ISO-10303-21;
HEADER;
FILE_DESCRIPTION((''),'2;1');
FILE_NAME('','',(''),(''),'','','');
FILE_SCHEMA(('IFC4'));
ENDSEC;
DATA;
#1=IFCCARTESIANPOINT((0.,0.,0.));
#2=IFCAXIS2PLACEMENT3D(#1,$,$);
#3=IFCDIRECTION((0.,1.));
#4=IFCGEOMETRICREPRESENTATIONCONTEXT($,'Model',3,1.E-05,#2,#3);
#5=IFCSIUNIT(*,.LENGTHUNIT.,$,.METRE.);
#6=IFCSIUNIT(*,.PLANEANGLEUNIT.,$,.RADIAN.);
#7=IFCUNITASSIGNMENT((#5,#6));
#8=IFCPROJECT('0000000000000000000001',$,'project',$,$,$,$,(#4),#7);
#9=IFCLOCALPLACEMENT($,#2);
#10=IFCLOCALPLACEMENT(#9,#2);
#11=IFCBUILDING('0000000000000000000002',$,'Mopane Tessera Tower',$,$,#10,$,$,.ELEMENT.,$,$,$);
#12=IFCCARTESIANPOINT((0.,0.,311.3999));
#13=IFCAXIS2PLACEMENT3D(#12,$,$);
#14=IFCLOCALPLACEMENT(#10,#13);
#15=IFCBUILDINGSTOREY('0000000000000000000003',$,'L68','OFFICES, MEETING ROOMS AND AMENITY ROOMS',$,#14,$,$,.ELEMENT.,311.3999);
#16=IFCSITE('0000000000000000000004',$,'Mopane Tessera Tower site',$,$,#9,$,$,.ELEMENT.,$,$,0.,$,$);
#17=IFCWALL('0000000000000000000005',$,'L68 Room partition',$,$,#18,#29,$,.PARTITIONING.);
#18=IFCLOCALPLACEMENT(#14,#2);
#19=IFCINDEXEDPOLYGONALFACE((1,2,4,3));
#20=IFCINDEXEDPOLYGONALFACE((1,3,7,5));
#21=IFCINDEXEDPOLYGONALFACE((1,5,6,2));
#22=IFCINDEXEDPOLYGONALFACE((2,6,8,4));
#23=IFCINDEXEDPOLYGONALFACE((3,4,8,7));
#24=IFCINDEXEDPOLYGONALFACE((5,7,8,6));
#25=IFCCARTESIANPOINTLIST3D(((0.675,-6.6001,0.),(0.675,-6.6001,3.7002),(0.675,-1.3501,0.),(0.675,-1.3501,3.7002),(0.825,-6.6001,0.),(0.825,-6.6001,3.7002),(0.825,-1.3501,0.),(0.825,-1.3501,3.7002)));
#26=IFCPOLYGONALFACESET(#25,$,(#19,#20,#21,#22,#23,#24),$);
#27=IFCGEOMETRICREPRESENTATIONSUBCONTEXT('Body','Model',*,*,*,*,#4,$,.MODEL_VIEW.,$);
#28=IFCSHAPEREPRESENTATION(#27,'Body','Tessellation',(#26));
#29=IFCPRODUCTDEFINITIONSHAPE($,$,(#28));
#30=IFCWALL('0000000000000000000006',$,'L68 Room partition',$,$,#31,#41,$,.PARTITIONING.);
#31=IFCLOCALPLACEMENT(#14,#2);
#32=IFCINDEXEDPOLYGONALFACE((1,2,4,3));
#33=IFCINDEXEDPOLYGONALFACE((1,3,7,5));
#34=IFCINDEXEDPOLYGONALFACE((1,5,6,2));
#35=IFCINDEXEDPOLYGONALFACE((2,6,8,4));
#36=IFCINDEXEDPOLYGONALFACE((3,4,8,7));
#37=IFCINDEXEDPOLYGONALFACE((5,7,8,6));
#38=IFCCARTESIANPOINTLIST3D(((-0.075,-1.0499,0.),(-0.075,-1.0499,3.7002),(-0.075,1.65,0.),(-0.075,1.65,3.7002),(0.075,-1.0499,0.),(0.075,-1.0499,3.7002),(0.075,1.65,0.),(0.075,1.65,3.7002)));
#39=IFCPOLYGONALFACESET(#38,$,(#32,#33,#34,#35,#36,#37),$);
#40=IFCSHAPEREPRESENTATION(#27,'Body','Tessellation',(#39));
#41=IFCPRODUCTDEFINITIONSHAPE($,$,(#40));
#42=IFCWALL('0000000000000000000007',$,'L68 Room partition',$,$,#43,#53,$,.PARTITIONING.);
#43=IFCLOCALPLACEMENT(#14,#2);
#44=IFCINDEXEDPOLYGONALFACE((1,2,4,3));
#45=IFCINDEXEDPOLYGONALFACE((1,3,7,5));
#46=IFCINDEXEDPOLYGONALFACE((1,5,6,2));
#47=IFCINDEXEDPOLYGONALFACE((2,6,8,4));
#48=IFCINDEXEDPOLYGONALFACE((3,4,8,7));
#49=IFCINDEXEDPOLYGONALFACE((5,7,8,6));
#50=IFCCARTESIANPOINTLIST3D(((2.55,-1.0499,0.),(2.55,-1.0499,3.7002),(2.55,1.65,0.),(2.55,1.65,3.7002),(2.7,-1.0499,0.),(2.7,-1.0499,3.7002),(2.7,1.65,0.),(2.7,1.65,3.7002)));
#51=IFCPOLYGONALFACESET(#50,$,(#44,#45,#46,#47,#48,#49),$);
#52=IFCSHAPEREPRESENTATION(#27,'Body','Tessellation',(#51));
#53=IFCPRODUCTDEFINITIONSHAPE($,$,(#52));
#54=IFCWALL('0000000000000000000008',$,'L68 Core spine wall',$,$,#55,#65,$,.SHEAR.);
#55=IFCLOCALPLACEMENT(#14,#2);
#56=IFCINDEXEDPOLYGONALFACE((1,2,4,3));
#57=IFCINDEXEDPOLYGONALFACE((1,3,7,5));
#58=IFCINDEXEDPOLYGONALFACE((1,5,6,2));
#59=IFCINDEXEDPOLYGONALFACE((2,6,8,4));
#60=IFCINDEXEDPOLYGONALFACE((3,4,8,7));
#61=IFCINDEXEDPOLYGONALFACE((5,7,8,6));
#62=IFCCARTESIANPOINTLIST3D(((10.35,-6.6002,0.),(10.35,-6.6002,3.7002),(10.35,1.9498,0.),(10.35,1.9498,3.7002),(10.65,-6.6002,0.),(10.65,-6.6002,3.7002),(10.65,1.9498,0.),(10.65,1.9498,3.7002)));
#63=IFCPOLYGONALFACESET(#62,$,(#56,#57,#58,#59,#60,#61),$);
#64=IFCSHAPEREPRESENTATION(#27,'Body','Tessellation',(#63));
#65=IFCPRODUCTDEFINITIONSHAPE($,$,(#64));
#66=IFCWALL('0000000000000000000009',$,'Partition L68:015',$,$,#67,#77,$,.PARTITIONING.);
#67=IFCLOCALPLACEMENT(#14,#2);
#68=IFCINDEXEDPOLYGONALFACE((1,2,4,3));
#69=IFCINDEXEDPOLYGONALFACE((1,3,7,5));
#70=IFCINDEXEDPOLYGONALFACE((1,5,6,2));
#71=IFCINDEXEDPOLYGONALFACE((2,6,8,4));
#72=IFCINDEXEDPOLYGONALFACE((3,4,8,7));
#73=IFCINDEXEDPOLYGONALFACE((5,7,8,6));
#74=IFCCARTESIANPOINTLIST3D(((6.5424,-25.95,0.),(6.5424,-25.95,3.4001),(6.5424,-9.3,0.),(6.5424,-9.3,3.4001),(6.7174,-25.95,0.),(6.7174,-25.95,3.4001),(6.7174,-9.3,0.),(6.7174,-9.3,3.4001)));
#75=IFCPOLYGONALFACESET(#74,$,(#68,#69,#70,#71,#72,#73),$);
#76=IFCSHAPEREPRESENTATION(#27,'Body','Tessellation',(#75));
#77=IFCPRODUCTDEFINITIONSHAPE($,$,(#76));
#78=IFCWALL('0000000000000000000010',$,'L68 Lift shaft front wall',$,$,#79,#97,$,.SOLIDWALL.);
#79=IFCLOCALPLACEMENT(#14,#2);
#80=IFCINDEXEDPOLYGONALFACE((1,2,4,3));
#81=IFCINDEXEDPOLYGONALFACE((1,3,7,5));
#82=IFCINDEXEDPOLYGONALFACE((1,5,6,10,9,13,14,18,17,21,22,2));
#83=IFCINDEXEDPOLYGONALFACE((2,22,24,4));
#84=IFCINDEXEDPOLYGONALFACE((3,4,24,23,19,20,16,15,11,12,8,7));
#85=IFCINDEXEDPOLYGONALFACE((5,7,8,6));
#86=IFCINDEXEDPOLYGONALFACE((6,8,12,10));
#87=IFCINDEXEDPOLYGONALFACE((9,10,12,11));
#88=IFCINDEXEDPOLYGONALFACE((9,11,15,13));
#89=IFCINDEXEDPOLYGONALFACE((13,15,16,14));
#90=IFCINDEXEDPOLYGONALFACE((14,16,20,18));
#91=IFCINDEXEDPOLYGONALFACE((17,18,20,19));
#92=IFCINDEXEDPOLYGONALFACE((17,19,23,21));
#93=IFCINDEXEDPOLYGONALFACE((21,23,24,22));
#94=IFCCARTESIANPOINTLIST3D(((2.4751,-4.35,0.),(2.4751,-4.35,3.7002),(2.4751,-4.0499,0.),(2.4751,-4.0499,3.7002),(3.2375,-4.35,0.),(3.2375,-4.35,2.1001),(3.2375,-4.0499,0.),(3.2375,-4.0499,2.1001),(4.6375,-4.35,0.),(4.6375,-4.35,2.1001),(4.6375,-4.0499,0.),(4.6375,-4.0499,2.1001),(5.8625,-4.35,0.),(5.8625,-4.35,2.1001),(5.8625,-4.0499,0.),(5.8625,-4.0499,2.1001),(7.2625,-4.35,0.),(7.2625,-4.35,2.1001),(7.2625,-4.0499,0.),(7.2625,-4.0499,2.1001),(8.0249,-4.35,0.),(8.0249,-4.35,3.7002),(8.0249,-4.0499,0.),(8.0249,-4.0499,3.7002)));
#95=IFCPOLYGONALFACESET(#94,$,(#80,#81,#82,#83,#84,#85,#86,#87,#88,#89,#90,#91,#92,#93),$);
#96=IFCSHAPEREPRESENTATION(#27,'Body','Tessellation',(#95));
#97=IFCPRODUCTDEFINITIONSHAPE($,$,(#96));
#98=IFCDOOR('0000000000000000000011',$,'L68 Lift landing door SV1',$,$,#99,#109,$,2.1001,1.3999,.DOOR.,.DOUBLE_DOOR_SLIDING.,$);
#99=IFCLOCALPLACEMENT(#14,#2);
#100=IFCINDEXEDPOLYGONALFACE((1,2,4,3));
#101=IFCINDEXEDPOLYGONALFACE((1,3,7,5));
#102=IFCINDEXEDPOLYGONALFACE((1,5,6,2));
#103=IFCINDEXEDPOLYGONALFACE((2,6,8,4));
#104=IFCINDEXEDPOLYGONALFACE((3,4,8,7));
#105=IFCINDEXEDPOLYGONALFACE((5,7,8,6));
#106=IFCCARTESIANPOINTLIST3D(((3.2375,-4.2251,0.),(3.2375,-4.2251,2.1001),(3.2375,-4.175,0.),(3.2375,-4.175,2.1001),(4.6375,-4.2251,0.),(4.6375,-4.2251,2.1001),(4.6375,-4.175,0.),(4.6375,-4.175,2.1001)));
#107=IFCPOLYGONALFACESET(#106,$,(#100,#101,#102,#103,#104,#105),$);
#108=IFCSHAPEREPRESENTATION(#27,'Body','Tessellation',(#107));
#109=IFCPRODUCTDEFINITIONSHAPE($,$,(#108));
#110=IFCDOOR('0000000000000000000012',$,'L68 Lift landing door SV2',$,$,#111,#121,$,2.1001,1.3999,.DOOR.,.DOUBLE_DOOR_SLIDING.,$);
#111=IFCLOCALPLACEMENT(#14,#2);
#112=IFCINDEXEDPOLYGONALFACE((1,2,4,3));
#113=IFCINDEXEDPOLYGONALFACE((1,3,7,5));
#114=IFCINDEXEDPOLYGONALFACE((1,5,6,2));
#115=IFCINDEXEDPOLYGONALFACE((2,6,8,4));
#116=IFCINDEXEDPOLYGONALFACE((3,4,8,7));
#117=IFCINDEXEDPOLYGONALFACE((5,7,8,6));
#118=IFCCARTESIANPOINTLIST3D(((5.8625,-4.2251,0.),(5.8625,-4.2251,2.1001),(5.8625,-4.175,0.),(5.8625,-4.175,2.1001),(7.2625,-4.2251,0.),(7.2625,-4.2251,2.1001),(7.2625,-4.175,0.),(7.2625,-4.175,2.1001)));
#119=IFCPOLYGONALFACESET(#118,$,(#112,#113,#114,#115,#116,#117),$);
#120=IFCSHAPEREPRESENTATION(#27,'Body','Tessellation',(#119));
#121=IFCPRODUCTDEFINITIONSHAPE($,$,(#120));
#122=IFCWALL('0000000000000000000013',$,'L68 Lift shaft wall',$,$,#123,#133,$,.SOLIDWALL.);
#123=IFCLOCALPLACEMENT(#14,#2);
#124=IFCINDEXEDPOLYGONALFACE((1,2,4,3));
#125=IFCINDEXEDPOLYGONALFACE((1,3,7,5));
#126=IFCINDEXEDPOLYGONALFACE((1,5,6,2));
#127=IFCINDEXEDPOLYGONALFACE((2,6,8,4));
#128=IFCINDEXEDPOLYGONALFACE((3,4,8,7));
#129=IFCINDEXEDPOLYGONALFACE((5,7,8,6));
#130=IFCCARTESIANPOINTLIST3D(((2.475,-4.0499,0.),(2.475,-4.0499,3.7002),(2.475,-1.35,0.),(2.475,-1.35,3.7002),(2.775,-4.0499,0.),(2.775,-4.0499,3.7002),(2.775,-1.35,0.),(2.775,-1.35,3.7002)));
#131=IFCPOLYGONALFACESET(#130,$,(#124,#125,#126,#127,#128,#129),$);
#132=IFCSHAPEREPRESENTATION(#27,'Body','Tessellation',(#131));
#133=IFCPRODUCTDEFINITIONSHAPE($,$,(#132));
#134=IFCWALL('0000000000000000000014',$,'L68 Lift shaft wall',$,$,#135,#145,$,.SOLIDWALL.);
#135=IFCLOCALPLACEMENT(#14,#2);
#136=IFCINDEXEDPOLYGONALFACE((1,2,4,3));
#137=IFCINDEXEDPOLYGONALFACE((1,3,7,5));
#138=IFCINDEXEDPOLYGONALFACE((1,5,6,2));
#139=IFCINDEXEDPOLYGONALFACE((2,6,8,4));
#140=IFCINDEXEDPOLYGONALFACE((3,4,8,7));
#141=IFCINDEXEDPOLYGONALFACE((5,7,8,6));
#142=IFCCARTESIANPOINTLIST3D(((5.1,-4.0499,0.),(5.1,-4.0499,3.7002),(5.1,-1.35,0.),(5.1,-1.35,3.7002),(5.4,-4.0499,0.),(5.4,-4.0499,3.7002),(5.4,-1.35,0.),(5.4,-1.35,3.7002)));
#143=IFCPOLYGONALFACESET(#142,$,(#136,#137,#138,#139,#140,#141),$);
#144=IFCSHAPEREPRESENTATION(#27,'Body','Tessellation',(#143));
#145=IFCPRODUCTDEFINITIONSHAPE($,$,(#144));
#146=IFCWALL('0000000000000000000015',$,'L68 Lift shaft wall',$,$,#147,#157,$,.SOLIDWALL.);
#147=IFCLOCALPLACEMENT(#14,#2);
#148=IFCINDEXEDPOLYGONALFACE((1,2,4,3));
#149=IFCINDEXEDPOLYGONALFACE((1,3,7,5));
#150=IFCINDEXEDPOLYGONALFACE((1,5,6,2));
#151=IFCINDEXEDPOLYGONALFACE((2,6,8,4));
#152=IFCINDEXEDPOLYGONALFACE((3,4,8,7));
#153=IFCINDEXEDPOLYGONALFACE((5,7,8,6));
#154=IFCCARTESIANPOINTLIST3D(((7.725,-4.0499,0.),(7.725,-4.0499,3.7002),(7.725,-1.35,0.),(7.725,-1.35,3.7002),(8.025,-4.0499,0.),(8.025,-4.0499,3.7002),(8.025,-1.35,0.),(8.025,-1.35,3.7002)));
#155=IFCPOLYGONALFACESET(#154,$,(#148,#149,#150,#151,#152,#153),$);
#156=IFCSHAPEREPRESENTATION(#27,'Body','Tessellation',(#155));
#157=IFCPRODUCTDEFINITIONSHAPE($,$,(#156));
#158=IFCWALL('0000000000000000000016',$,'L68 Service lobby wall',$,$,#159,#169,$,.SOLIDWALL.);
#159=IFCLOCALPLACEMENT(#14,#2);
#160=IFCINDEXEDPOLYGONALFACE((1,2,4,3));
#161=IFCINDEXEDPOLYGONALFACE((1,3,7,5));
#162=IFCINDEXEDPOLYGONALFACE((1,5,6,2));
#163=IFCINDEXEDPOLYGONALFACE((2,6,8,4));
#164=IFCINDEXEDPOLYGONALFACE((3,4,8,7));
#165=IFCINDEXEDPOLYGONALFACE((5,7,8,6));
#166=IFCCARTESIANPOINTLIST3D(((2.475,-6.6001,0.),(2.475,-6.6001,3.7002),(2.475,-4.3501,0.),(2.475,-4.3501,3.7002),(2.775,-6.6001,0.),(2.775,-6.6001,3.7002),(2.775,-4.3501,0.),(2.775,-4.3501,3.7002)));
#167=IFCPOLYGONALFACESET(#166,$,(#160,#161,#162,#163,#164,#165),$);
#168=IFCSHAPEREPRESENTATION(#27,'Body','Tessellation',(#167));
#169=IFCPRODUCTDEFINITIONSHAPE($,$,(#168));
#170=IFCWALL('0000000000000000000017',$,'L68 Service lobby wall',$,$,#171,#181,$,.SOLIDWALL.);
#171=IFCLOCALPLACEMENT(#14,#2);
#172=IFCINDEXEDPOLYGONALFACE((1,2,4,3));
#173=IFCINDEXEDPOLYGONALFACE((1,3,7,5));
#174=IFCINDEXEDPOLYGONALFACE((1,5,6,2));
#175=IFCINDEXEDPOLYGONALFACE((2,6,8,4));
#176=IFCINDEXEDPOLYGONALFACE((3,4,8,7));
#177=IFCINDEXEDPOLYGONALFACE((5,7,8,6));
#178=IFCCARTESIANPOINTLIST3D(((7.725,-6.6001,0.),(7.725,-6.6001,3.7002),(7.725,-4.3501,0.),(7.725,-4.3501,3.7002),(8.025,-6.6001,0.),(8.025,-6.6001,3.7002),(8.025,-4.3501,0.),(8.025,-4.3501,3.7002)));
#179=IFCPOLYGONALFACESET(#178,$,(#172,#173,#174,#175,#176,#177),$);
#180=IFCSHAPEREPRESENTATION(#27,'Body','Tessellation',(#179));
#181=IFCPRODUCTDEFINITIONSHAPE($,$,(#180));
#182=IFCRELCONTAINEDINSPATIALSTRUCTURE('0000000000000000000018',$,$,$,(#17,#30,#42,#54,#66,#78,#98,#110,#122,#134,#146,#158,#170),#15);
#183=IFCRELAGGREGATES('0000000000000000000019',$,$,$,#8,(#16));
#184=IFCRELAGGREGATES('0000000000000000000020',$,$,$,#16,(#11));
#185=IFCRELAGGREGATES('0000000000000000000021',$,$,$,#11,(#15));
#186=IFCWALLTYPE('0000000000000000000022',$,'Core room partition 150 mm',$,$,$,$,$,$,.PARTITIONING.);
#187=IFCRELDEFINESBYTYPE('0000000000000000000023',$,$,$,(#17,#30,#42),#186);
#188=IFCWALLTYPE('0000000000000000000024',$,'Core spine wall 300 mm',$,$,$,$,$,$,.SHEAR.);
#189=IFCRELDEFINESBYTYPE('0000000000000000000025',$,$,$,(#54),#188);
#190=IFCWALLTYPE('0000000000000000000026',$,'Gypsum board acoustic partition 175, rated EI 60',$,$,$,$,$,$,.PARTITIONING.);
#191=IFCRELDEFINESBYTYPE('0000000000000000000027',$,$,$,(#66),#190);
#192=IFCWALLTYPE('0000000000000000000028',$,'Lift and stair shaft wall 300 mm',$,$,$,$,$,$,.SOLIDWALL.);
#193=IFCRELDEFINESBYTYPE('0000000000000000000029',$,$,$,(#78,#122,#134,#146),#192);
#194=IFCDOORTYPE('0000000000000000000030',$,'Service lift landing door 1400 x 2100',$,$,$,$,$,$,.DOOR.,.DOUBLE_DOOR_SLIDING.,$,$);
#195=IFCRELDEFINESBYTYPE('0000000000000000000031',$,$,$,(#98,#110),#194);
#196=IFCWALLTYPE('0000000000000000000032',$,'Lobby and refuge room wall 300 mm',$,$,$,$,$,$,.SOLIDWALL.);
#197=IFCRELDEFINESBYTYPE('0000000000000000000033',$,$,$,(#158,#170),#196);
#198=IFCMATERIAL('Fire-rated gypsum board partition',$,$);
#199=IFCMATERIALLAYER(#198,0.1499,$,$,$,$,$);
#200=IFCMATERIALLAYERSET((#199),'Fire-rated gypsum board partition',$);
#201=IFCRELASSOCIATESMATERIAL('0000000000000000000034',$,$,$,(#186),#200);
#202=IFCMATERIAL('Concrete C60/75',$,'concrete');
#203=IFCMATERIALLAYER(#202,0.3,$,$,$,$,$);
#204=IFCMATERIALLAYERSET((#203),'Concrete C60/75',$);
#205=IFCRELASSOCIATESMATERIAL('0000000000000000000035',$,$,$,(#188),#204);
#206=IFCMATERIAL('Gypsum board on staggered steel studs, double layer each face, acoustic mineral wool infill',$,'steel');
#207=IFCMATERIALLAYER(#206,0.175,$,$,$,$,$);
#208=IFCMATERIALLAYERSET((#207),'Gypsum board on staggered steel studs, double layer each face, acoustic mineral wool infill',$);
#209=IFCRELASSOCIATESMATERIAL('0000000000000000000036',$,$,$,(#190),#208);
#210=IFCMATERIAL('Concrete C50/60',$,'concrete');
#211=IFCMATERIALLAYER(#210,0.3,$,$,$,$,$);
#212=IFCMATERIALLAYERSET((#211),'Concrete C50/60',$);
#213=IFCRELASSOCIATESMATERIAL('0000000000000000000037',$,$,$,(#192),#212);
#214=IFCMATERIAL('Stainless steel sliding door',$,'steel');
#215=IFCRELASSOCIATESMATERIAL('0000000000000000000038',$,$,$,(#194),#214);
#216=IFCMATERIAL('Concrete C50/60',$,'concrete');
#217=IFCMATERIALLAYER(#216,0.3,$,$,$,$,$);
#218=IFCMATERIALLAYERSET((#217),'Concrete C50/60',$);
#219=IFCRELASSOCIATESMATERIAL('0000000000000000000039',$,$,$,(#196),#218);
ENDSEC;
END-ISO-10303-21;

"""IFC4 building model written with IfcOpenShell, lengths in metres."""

from ifc_helpers import new_model, si_unit, direction, frame, frame_2d, origin, place, context, subcontext, project, spatial, rectangle, extrude, material, layer, layer_set, type_object, element, fill, save


model = new_model("IFC4")

# Units and contexts
model_context = context("Model", 3, precision=1e-05, world=origin(), true_north=direction((0.0, 1.0)))
body_context = subcontext(model_context, "Body", "Model", "MODEL_VIEW")
ifc_project = project(units=[si_unit("LENGTHUNIT", "METRE"), si_unit("PLANEANGLEUNIT", "RADIAN")], contexts=[model_context])

# Site, building, storey
site_placement = place(None, origin())
site = spatial("IfcSite", under=ifc_project, at=site_placement, Name="Mopane Tessera Tower site", CompositionType="ELEMENT", RefElevation=0.0)
building_placement = place(site_placement, origin())
building = spatial("IfcBuilding", under=site, at=building_placement, Name="Mopane Tessera Tower", CompositionType="ELEMENT")
storey_placement = place(building_placement, frame((0.0, 0.0, 311.3999)))
storey = spatial("IfcBuildingStorey", under=building, at=storey_placement, Name="L68", Description="OFFICES, MEETING ROOMS AND AMENITY ROOMS", CompositionType="ELEMENT", Elevation=311.3999)

# Walls
ifc_material_1 = material(Name="Fire-rated gypsum board partition")
ifc_layer_1 = layer(ifc_material_1, 0.1499)
ifc_layer_set_1 = layer_set([ifc_layer_1], Name="Fire-rated gypsum board partition")
wall_type_1 = type_object("IfcWallType", Name="Core room partition 150 mm", PredefinedType="PARTITIONING", material=ifc_layer_set_1)
wall_1_placement = place(storey_placement, frame((0.75, -6.6001, 0.0), z_axis=(0.0, 0.0, 1.0), x_axis=(0.0, 1.0, 0.0)))
element("IfcWall", 1, at=wall_1_placement, inside=storey, type_object=wall_type_1, Name="L68 Room partition", PredefinedType="PARTITIONING", context=body_context, shape_type="SweptSolid", body=[
    extrude(rectangle(XDim=5.25, YDim=0.1499, at=frame_2d((2.625, 0.0))), origin(), (0.0, 0.0, 1.0), 3.7002),
])
for number, where, z_axis, x_axis, name in (
    (2, (0.0, -1.05, 0.0), (0.0, 0.0, 1.0), (0.0, 1.0, 0.0), "L68 Room partition"),
    (3, (2.625, -1.05, 0.0), (0.0, 0.0, 1.0), (0.0, 1.0, 0.0), "L68 Room partition"),
):
    element("IfcWall", number, at=place(storey_placement, frame(where, z_axis=z_axis, x_axis=x_axis)), inside=storey, type_object=wall_type_1, Name=name, PredefinedType="PARTITIONING", context=body_context, shape_type="SweptSolid", body=[
        extrude(rectangle(XDim=2.7, YDim=0.1499, at=frame_2d((1.3501, 0.0))), origin(), (0.0, 0.0, 1.0), 3.7002),
    ])
ifc_material_2 = material(Name="Concrete C60/75", Category="concrete")
ifc_layer_2 = layer(ifc_material_2, 0.3)
ifc_layer_set_2 = layer_set([ifc_layer_2], Name="Concrete C60/75")
wall_type_2 = type_object("IfcWallType", Name="Core spine wall 300 mm", PredefinedType="SHEAR", material=ifc_layer_set_2)
wall_2_placement = place(storey_placement, frame((10.5, -6.6001, 0.0), z_axis=(0.0, 0.0, 1.0), x_axis=(0.0, 1.0, 0.0)))
element("IfcWall", 4, at=wall_2_placement, inside=storey, type_object=wall_type_2, Name="L68 Core spine wall", PredefinedType="SHEAR", context=body_context, shape_type="SweptSolid", body=[
    extrude(rectangle(XDim=8.55, YDim=0.3, at=frame_2d((4.2749, 0.0))), origin(), (0.0, 0.0, 1.0), 3.7002),
])
ifc_material_3 = material(Name="Gypsum board on staggered steel studs, double layer each face, acoustic mineral wool infill", Category="steel")
ifc_layer_3 = layer(ifc_material_3, 0.175)
ifc_layer_set_3 = layer_set([ifc_layer_3], Name="Gypsum board on staggered steel studs, double layer each face, acoustic mineral wool infill")
wall_type_3 = type_object("IfcWallType", Name="Gypsum board acoustic partition 175, rated EI 60", PredefinedType="PARTITIONING", material=ifc_layer_set_3)
wall_3_placement = place(storey_placement, frame((6.6299, -25.95, 0.0), z_axis=(0.0, 0.0, 1.0), x_axis=(0.0, 1.0, 0.0)))
element("IfcWall", 5, at=wall_3_placement, inside=storey, type_object=wall_type_3, Name="Partition L68:015", PredefinedType="PARTITIONING", context=body_context, shape_type="SweptSolid", body=[
    extrude(rectangle(XDim=16.6499, YDim=0.175, at=frame_2d((8.325, 0.0))), origin(), (0.0, 0.0, 1.0), 3.4001),
])

# Wall, openings, doors
ifc_material_4 = material(Name="Concrete C50/60", Category="concrete")
ifc_layer_4 = layer(ifc_material_4, 0.3)
ifc_layer_set_4 = layer_set([ifc_layer_4], Name="Concrete C50/60")
wall_type_4 = type_object("IfcWallType", Name="Lift and stair shaft wall 300 mm", PredefinedType="SOLIDWALL", material=ifc_layer_set_4)
wall_4_placement = place(storey_placement, frame((2.4751, -4.2, 0.0), z_axis=(0.0, 0.0, 1.0), x_axis=(1.0, 0.0, 0.0)))
wall_4 = element("IfcWall", 6, at=wall_4_placement, inside=storey, type_object=wall_type_4, Name="L68 Lift shaft front wall", PredefinedType="SOLIDWALL", context=body_context, shape_type="SweptSolid", body=[
    extrude(rectangle(XDim=5.5498, YDim=0.3, at=frame_2d((2.7749, 0.0))), origin(), (0.0, 0.0, 1.0), 3.7002),
])
opening_1_placement = place(wall_4_placement, frame((0.7625, 0.0, 0.0)))
opening_1 = element("IfcOpeningElement", 7, at=opening_1_placement, cuts=wall_4, PredefinedType="OPENING", context=body_context, shape_type="SweptSolid", body=[
    extrude(rectangle(XDim=1.3999, YDim=2.1001, at=frame_2d((0.7, 1.05))), frame((0.0, 0.1621, 0.0), z_axis=(0.0, -1.0, 0.0), x_axis=(1.0, 0.0, 0.0)), (0.0, 0.0, 1.0), 0.324),
])
opening_2_placement = place(wall_4_placement, frame((3.3875, 0.0, 0.0)))
opening_2 = element("IfcOpeningElement", 8, at=opening_2_placement, cuts=wall_4, PredefinedType="OPENING", context=body_context, shape_type="SweptSolid", body=[
    extrude(rectangle(XDim=1.3999, YDim=2.1001, at=frame_2d((0.7, 1.05))), frame((0.0, 0.1621, 0.0), z_axis=(0.0, -1.0, 0.0), x_axis=(1.0, 0.0, 0.0)), (0.0, 0.0, 1.0), 0.324),
])
ifc_material_5 = material(Name="Stainless steel sliding door", Category="steel")
door_type = type_object("IfcDoorType", Name="Service lift landing door 1400 x 2100", OperationType="DOUBLE_DOOR_SLIDING", PredefinedType="DOOR", material=ifc_material_5)
door_1_placement = place(opening_1_placement, origin())
door_1 = element("IfcDoor", 9, at=door_1_placement, inside=storey, type_object=door_type, Name="L68 Lift landing door SV1", OperationType="DOUBLE_DOOR_SLIDING", OverallHeight=2.1001, OverallWidth=1.3999, PredefinedType="DOOR", context=body_context, shape_type="SweptSolid", body=[
    extrude(rectangle(XDim=1.3999, YDim=2.1001, at=frame_2d((0.7, 1.05))), frame((0.0, 0.0249, 0.0), z_axis=(0.0, -1.0, 0.0), x_axis=(1.0, 0.0, 0.0)), (0.0, 0.0, 1.0), 0.05),
])
fill(opening_1, door_1)
door_2_placement = place(opening_2_placement, origin())
door_2 = element("IfcDoor", 10, at=door_2_placement, inside=storey, type_object=door_type, Name="L68 Lift landing door SV2", OperationType="DOUBLE_DOOR_SLIDING", OverallHeight=2.1001, OverallWidth=1.3999, PredefinedType="DOOR", context=body_context, shape_type="SweptSolid", body=[
    extrude(rectangle(XDim=1.3999, YDim=2.1001, at=frame_2d((0.7, 1.05))), frame((0.0, 0.0249, 0.0), z_axis=(0.0, -1.0, 0.0), x_axis=(1.0, 0.0, 0.0)), (0.0, 0.0, 1.0), 0.05),
])
fill(opening_2, door_2)

# Walls
for number, where, z_axis, x_axis, name in (
    (11, (2.625, -4.05, 0.0), (0.0, 0.0, 1.0), (0.0, 1.0, 0.0), "L68 Lift shaft wall"),
    (12, (5.25, -4.05, 0.0), (0.0, 0.0, 1.0), (0.0, 1.0, 0.0), "L68 Lift shaft wall"),
    (13, (7.875, -4.05, 0.0), (0.0, 0.0, 1.0), (0.0, 1.0, 0.0), "L68 Lift shaft wall"),
):
    element("IfcWall", number, at=place(storey_placement, frame(where, z_axis=z_axis, x_axis=x_axis)), inside=storey, type_object=wall_type_4, Name=name, PredefinedType="SOLIDWALL", context=body_context, shape_type="SweptSolid", body=[
        extrude(rectangle(XDim=2.7, YDim=0.3, at=frame_2d((1.3501, 0.0))), origin(), (0.0, 0.0, 1.0), 3.7002),
    ])
ifc_material_6 = material(Name="Concrete C50/60", Category="concrete")
ifc_layer_5 = layer(ifc_material_6, 0.3)
ifc_layer_set_5 = layer_set([ifc_layer_5], Name="Concrete C50/60")
wall_type_5 = type_object("IfcWallType", Name="Lobby and refuge room wall 300 mm", PredefinedType="SOLIDWALL", material=ifc_layer_set_5)
for number, where, z_axis, x_axis, name in (
    (14, (2.625, -6.6001, 0.0), (0.0, 0.0, 1.0), (0.0, 1.0, 0.0), "L68 Service lobby wall"),
    (15, (7.875, -6.6001, 0.0), (0.0, 0.0, 1.0), (0.0, 1.0, 0.0), "L68 Service lobby wall"),
):
    element("IfcWall", number, at=place(storey_placement, frame(where, z_axis=z_axis, x_axis=x_axis)), inside=storey, type_object=wall_type_5, Name=name, PredefinedType="SOLIDWALL", context=body_context, shape_type="SweptSolid", body=[
        extrude(rectangle(XDim=2.25, YDim=0.3, at=frame_2d((1.125, 0.0))), origin(), (0.0, 0.0, 1.0), 3.7002),
    ])

save(model, "model.ifc")
